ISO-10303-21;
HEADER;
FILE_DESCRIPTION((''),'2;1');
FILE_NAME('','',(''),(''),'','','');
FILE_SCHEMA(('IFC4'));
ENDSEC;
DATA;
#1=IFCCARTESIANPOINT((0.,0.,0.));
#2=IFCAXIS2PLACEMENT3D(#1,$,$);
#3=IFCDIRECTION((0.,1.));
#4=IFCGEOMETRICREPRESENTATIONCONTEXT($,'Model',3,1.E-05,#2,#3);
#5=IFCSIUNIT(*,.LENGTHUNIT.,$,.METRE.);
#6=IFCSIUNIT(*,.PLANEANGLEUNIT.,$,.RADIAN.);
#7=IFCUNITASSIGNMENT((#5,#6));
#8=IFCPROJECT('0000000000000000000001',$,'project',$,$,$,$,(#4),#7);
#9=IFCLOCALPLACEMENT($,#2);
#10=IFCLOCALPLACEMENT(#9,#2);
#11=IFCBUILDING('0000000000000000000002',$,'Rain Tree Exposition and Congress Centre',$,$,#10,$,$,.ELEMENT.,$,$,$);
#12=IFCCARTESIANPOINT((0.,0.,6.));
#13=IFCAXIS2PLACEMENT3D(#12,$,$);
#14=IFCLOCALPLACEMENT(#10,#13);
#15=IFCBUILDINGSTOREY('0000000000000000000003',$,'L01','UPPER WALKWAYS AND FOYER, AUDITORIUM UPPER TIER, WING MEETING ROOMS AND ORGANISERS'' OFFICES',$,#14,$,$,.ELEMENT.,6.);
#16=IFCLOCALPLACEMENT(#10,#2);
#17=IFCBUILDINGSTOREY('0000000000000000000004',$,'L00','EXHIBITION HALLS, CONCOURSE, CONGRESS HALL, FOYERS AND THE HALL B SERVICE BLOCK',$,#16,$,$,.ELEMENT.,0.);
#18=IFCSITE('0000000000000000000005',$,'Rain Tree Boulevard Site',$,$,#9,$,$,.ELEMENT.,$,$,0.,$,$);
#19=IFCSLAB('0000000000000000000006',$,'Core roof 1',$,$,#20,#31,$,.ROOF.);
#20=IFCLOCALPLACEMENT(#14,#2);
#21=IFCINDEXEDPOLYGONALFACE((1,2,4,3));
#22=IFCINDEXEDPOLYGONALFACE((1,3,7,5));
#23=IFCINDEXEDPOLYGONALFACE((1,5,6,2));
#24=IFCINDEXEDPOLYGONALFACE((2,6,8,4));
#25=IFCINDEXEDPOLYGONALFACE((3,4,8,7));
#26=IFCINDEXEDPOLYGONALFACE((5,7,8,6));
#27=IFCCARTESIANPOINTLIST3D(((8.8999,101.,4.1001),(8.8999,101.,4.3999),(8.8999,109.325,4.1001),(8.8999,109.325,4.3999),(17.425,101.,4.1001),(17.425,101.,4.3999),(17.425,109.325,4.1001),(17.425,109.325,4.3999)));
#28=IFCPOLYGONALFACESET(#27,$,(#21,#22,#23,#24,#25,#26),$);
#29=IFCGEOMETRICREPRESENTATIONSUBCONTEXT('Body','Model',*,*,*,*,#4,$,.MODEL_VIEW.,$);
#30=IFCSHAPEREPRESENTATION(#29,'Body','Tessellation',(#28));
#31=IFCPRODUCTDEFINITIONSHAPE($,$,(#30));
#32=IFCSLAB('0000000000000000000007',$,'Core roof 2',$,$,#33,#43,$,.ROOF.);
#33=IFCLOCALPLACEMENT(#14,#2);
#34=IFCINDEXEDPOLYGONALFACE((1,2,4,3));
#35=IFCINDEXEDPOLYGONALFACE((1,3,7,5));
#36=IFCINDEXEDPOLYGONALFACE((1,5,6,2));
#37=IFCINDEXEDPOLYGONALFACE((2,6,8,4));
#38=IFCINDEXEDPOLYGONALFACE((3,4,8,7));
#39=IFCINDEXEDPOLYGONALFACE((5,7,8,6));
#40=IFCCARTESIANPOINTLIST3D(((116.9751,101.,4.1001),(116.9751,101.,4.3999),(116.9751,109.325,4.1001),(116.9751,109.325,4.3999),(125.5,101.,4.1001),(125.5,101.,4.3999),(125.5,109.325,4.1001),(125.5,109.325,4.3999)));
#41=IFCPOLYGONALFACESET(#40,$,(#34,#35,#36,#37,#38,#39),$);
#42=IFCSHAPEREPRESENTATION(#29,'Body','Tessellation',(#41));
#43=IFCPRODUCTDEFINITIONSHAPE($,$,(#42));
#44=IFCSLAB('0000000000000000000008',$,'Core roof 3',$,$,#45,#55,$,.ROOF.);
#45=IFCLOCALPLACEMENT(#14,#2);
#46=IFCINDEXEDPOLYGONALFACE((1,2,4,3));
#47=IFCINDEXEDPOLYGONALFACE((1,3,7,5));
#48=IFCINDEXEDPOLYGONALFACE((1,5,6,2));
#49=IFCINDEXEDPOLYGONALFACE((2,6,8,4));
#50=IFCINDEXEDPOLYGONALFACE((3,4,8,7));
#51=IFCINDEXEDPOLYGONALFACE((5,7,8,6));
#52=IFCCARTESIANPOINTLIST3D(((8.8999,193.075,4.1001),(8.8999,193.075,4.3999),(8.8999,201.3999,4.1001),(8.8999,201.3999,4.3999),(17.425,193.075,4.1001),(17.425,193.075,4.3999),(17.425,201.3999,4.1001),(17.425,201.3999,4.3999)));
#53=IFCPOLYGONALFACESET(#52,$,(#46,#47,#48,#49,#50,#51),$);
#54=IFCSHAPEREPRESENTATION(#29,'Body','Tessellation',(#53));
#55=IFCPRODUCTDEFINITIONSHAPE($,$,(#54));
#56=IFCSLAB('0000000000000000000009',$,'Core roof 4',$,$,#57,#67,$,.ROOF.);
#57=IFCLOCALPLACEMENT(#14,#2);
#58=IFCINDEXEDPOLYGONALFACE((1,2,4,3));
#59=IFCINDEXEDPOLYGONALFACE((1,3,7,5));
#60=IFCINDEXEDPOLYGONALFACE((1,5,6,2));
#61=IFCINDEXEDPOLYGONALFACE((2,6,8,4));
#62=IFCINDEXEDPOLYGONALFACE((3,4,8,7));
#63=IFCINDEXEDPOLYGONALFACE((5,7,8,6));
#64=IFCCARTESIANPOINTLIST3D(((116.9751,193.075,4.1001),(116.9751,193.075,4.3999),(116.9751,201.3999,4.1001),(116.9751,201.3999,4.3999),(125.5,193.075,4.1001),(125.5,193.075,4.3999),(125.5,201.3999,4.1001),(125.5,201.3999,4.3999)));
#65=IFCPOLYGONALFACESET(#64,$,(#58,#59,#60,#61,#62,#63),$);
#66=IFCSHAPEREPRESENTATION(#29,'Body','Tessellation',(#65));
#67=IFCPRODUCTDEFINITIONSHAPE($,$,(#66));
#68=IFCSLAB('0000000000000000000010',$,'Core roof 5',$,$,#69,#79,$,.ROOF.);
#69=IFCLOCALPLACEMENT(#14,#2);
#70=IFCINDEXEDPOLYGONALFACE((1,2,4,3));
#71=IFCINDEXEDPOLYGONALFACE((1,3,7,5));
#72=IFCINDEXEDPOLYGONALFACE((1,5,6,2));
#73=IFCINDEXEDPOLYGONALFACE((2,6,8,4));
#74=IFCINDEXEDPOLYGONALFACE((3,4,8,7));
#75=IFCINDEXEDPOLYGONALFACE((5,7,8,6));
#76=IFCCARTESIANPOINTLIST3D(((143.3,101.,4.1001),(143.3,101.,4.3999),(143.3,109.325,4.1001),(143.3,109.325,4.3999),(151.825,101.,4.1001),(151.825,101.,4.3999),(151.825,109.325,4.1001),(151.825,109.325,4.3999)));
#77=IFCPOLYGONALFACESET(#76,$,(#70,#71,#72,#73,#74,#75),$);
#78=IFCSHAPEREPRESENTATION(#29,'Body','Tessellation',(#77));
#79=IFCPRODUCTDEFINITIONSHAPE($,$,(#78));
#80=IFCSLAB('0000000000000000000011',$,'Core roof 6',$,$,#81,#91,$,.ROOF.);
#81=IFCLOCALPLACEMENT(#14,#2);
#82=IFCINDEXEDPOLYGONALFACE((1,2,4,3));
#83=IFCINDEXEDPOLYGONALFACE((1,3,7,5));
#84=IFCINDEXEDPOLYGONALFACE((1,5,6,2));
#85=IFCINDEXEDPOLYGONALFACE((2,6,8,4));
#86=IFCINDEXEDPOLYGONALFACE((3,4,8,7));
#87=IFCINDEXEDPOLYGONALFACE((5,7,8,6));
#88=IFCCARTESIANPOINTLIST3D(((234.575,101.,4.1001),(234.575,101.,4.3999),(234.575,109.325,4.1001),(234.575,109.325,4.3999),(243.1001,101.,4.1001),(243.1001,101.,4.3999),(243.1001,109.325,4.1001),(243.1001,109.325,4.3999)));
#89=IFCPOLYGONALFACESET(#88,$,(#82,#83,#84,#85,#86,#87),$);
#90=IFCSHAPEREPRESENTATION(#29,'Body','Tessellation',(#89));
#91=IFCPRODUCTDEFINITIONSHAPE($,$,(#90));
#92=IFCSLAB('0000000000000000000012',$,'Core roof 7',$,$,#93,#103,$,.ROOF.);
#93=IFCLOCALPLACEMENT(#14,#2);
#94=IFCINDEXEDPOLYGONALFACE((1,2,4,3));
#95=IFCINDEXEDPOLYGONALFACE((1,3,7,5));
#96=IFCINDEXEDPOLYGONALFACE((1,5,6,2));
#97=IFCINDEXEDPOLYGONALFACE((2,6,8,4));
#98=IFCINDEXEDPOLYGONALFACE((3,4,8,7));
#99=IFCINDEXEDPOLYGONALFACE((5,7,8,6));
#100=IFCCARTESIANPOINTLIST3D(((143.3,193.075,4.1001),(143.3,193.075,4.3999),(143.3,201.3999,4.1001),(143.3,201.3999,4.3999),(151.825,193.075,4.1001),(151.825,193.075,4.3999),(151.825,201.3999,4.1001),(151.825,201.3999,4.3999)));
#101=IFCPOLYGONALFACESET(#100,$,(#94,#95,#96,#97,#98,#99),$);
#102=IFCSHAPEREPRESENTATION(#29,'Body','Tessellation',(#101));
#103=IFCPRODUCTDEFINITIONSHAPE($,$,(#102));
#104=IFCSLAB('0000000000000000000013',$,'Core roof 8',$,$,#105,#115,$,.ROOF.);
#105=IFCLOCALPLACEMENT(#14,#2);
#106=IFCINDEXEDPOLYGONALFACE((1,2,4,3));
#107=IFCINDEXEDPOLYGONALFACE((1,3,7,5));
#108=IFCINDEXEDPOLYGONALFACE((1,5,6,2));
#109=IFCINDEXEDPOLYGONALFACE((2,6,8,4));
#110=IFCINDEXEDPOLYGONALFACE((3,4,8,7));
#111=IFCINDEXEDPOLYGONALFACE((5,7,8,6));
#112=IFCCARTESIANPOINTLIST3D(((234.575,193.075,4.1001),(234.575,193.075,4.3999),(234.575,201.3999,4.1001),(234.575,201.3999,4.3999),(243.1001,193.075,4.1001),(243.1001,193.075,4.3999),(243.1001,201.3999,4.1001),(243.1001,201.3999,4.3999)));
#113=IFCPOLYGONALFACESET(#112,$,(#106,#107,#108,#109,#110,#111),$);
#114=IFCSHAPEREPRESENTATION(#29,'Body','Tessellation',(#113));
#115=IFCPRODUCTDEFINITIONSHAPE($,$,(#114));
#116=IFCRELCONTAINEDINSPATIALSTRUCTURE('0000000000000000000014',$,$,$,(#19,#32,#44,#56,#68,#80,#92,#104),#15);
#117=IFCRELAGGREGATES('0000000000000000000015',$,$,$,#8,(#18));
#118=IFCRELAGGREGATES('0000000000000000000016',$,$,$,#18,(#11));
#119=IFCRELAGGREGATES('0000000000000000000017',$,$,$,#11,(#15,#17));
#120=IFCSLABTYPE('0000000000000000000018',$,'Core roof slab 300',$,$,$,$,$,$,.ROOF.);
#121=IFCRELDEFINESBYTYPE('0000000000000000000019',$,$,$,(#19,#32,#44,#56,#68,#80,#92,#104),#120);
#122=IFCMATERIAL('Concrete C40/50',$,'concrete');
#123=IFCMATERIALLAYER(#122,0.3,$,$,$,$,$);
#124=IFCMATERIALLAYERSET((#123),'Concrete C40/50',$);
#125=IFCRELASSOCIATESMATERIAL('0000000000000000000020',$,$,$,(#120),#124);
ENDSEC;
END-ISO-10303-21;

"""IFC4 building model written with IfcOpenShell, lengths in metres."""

from ifc_helpers import new_model, si_unit, direction, frame, origin, place, context, subcontext, project, spatial, polyline, outline, extrude, material, layer, layer_set, type_object, element, save


model = new_model("IFC4")

# Units and contexts
model_context = context("Model", 3, precision=1e-05, world=origin(), true_north=direction((0.0, 1.0)))
body_context = subcontext(model_context, "Body", "Model", "MODEL_VIEW")
ifc_project = project(units=[si_unit("LENGTHUNIT", "METRE"), si_unit("PLANEANGLEUNIT", "RADIAN")], contexts=[model_context])

# Site, building, storey
site_placement = place(None, origin())
site = spatial("IfcSite", under=ifc_project, at=site_placement, Name="Rain Tree Boulevard Site", CompositionType="ELEMENT", RefElevation=0.0)
building_placement = place(site_placement, origin())
building = spatial("IfcBuilding", under=site, at=building_placement, Name="Rain Tree Exposition and Congress Centre", CompositionType="ELEMENT")
storey_1_placement = place(building_placement, frame((0.0, 0.0, 6.0)))
storey_1 = spatial("IfcBuildingStorey", under=building, at=storey_1_placement, Name="L01", Description="UPPER WALKWAYS AND FOYER, AUDITORIUM UPPER TIER, WING MEETING ROOMS AND ORGANISERS' OFFICES", CompositionType="ELEMENT", Elevation=6.0)

# Slabs
ifc_material_1 = material(Name="Concrete C40/50", Category="concrete")
ifc_layer_1 = layer(ifc_material_1, 0.3)
ifc_layer_set_1 = layer_set([ifc_layer_1], Name="Concrete C40/50")
slab_type_1 = type_object("IfcSlabType", Name="Core roof slab 300", PredefinedType="ROOF", material=ifc_layer_set_1)
slab_1_placement = place(storey_1_placement, frame((0.0, 0.0, 4.1001)))
element("IfcSlab", 1, at=slab_1_placement, inside=storey_1, type_object=slab_type_1, Name="Core roof 1", PredefinedType="ROOF", context=body_context, shape_type="SweptSolid", body=[
    extrude(outline(polyline([(17.425, 101.0), (17.425, 109.325), (8.8999, 109.325), (8.8999, 101.0), (17.425, 101.0)])), origin(), (0.0, 0.0, 1.0), 0.2998),
])
slab_2_placement = place(storey_1_placement, frame((0.0, 0.0, 4.1001)))
element("IfcSlab", 2, at=slab_2_placement, inside=storey_1, type_object=slab_type_1, Name="Core roof 2", PredefinedType="ROOF", context=body_context, shape_type="SweptSolid", body=[
    extrude(outline(polyline([(125.5, 101.0), (125.5, 109.325), (116.9751, 109.325), (116.9751, 101.0), (125.5, 101.0)])), origin(), (0.0, 0.0, 1.0), 0.2998),
])
slab_3_placement = place(storey_1_placement, frame((0.0, 0.0, 4.1001)))
element("IfcSlab", 3, at=slab_3_placement, inside=storey_1, type_object=slab_type_1, Name="Core roof 3", PredefinedType="ROOF", context=body_context, shape_type="SweptSolid", body=[
    extrude(outline(polyline([(17.425, 193.075), (17.425, 201.3999), (8.8999, 201.3999), (8.8999, 193.075), (17.425, 193.075)])), origin(), (0.0, 0.0, 1.0), 0.2998),
])
slab_4_placement = place(storey_1_placement, frame((0.0, 0.0, 4.1001)))
element("IfcSlab", 4, at=slab_4_placement, inside=storey_1, type_object=slab_type_1, Name="Core roof 4", PredefinedType="ROOF", context=body_context, shape_type="SweptSolid", body=[
    extrude(outline(polyline([(125.5, 193.075), (125.5, 201.3999), (116.9751, 201.3999), (116.9751, 193.075), (125.5, 193.075)])), origin(), (0.0, 0.0, 1.0), 0.2998),
])
slab_5_placement = place(storey_1_placement, frame((0.0, 0.0, 4.1001)))
element("IfcSlab", 5, at=slab_5_placement, inside=storey_1, type_object=slab_type_1, Name="Core roof 5", PredefinedType="ROOF", context=body_context, shape_type="SweptSolid", body=[
    extrude(outline(polyline([(151.825, 101.0), (151.825, 109.325), (143.3, 109.325), (143.3, 101.0), (151.825, 101.0)])), origin(), (0.0, 0.0, 1.0), 0.2998),
])
slab_6_placement = place(storey_1_placement, frame((0.0, 0.0, 4.1001)))
element("IfcSlab", 6, at=slab_6_placement, inside=storey_1, type_object=slab_type_1, Name="Core roof 6", PredefinedType="ROOF", context=body_context, shape_type="SweptSolid", body=[
    extrude(outline(polyline([(243.1001, 101.0), (243.1001, 109.325), (234.575, 109.325), (234.575, 101.0), (243.1001, 101.0)])), origin(), (0.0, 0.0, 1.0), 0.2998),
])
slab_7_placement = place(storey_1_placement, frame((0.0, 0.0, 4.1001)))
element("IfcSlab", 7, at=slab_7_placement, inside=storey_1, type_object=slab_type_1, Name="Core roof 7", PredefinedType="ROOF", context=body_context, shape_type="SweptSolid", body=[
    extrude(outline(polyline([(151.825, 193.075), (151.825, 201.3999), (143.3, 201.3999), (143.3, 193.075), (151.825, 193.075)])), origin(), (0.0, 0.0, 1.0), 0.2998),
])
slab_8_placement = place(storey_1_placement, frame((0.0, 0.0, 4.1001)))
element("IfcSlab", 8, at=slab_8_placement, inside=storey_1, type_object=slab_type_1, Name="Core roof 8", PredefinedType="ROOF", context=body_context, shape_type="SweptSolid", body=[
    extrude(outline(polyline([(243.1001, 193.075), (243.1001, 201.3999), (234.575, 201.3999), (234.575, 193.075), (243.1001, 193.075)])), origin(), (0.0, 0.0, 1.0), 0.2998),
])

# Shared definitions
storey_2_placement = place(building_placement, origin())
storey_2 = spatial("IfcBuildingStorey", under=building, at=storey_2_placement, Name="L00", Description="EXHIBITION HALLS, CONCOURSE, CONGRESS HALL, FOYERS AND THE HALL B SERVICE BLOCK", CompositionType="ELEMENT", Elevation=0.0)

save(model, "model.ifc")
